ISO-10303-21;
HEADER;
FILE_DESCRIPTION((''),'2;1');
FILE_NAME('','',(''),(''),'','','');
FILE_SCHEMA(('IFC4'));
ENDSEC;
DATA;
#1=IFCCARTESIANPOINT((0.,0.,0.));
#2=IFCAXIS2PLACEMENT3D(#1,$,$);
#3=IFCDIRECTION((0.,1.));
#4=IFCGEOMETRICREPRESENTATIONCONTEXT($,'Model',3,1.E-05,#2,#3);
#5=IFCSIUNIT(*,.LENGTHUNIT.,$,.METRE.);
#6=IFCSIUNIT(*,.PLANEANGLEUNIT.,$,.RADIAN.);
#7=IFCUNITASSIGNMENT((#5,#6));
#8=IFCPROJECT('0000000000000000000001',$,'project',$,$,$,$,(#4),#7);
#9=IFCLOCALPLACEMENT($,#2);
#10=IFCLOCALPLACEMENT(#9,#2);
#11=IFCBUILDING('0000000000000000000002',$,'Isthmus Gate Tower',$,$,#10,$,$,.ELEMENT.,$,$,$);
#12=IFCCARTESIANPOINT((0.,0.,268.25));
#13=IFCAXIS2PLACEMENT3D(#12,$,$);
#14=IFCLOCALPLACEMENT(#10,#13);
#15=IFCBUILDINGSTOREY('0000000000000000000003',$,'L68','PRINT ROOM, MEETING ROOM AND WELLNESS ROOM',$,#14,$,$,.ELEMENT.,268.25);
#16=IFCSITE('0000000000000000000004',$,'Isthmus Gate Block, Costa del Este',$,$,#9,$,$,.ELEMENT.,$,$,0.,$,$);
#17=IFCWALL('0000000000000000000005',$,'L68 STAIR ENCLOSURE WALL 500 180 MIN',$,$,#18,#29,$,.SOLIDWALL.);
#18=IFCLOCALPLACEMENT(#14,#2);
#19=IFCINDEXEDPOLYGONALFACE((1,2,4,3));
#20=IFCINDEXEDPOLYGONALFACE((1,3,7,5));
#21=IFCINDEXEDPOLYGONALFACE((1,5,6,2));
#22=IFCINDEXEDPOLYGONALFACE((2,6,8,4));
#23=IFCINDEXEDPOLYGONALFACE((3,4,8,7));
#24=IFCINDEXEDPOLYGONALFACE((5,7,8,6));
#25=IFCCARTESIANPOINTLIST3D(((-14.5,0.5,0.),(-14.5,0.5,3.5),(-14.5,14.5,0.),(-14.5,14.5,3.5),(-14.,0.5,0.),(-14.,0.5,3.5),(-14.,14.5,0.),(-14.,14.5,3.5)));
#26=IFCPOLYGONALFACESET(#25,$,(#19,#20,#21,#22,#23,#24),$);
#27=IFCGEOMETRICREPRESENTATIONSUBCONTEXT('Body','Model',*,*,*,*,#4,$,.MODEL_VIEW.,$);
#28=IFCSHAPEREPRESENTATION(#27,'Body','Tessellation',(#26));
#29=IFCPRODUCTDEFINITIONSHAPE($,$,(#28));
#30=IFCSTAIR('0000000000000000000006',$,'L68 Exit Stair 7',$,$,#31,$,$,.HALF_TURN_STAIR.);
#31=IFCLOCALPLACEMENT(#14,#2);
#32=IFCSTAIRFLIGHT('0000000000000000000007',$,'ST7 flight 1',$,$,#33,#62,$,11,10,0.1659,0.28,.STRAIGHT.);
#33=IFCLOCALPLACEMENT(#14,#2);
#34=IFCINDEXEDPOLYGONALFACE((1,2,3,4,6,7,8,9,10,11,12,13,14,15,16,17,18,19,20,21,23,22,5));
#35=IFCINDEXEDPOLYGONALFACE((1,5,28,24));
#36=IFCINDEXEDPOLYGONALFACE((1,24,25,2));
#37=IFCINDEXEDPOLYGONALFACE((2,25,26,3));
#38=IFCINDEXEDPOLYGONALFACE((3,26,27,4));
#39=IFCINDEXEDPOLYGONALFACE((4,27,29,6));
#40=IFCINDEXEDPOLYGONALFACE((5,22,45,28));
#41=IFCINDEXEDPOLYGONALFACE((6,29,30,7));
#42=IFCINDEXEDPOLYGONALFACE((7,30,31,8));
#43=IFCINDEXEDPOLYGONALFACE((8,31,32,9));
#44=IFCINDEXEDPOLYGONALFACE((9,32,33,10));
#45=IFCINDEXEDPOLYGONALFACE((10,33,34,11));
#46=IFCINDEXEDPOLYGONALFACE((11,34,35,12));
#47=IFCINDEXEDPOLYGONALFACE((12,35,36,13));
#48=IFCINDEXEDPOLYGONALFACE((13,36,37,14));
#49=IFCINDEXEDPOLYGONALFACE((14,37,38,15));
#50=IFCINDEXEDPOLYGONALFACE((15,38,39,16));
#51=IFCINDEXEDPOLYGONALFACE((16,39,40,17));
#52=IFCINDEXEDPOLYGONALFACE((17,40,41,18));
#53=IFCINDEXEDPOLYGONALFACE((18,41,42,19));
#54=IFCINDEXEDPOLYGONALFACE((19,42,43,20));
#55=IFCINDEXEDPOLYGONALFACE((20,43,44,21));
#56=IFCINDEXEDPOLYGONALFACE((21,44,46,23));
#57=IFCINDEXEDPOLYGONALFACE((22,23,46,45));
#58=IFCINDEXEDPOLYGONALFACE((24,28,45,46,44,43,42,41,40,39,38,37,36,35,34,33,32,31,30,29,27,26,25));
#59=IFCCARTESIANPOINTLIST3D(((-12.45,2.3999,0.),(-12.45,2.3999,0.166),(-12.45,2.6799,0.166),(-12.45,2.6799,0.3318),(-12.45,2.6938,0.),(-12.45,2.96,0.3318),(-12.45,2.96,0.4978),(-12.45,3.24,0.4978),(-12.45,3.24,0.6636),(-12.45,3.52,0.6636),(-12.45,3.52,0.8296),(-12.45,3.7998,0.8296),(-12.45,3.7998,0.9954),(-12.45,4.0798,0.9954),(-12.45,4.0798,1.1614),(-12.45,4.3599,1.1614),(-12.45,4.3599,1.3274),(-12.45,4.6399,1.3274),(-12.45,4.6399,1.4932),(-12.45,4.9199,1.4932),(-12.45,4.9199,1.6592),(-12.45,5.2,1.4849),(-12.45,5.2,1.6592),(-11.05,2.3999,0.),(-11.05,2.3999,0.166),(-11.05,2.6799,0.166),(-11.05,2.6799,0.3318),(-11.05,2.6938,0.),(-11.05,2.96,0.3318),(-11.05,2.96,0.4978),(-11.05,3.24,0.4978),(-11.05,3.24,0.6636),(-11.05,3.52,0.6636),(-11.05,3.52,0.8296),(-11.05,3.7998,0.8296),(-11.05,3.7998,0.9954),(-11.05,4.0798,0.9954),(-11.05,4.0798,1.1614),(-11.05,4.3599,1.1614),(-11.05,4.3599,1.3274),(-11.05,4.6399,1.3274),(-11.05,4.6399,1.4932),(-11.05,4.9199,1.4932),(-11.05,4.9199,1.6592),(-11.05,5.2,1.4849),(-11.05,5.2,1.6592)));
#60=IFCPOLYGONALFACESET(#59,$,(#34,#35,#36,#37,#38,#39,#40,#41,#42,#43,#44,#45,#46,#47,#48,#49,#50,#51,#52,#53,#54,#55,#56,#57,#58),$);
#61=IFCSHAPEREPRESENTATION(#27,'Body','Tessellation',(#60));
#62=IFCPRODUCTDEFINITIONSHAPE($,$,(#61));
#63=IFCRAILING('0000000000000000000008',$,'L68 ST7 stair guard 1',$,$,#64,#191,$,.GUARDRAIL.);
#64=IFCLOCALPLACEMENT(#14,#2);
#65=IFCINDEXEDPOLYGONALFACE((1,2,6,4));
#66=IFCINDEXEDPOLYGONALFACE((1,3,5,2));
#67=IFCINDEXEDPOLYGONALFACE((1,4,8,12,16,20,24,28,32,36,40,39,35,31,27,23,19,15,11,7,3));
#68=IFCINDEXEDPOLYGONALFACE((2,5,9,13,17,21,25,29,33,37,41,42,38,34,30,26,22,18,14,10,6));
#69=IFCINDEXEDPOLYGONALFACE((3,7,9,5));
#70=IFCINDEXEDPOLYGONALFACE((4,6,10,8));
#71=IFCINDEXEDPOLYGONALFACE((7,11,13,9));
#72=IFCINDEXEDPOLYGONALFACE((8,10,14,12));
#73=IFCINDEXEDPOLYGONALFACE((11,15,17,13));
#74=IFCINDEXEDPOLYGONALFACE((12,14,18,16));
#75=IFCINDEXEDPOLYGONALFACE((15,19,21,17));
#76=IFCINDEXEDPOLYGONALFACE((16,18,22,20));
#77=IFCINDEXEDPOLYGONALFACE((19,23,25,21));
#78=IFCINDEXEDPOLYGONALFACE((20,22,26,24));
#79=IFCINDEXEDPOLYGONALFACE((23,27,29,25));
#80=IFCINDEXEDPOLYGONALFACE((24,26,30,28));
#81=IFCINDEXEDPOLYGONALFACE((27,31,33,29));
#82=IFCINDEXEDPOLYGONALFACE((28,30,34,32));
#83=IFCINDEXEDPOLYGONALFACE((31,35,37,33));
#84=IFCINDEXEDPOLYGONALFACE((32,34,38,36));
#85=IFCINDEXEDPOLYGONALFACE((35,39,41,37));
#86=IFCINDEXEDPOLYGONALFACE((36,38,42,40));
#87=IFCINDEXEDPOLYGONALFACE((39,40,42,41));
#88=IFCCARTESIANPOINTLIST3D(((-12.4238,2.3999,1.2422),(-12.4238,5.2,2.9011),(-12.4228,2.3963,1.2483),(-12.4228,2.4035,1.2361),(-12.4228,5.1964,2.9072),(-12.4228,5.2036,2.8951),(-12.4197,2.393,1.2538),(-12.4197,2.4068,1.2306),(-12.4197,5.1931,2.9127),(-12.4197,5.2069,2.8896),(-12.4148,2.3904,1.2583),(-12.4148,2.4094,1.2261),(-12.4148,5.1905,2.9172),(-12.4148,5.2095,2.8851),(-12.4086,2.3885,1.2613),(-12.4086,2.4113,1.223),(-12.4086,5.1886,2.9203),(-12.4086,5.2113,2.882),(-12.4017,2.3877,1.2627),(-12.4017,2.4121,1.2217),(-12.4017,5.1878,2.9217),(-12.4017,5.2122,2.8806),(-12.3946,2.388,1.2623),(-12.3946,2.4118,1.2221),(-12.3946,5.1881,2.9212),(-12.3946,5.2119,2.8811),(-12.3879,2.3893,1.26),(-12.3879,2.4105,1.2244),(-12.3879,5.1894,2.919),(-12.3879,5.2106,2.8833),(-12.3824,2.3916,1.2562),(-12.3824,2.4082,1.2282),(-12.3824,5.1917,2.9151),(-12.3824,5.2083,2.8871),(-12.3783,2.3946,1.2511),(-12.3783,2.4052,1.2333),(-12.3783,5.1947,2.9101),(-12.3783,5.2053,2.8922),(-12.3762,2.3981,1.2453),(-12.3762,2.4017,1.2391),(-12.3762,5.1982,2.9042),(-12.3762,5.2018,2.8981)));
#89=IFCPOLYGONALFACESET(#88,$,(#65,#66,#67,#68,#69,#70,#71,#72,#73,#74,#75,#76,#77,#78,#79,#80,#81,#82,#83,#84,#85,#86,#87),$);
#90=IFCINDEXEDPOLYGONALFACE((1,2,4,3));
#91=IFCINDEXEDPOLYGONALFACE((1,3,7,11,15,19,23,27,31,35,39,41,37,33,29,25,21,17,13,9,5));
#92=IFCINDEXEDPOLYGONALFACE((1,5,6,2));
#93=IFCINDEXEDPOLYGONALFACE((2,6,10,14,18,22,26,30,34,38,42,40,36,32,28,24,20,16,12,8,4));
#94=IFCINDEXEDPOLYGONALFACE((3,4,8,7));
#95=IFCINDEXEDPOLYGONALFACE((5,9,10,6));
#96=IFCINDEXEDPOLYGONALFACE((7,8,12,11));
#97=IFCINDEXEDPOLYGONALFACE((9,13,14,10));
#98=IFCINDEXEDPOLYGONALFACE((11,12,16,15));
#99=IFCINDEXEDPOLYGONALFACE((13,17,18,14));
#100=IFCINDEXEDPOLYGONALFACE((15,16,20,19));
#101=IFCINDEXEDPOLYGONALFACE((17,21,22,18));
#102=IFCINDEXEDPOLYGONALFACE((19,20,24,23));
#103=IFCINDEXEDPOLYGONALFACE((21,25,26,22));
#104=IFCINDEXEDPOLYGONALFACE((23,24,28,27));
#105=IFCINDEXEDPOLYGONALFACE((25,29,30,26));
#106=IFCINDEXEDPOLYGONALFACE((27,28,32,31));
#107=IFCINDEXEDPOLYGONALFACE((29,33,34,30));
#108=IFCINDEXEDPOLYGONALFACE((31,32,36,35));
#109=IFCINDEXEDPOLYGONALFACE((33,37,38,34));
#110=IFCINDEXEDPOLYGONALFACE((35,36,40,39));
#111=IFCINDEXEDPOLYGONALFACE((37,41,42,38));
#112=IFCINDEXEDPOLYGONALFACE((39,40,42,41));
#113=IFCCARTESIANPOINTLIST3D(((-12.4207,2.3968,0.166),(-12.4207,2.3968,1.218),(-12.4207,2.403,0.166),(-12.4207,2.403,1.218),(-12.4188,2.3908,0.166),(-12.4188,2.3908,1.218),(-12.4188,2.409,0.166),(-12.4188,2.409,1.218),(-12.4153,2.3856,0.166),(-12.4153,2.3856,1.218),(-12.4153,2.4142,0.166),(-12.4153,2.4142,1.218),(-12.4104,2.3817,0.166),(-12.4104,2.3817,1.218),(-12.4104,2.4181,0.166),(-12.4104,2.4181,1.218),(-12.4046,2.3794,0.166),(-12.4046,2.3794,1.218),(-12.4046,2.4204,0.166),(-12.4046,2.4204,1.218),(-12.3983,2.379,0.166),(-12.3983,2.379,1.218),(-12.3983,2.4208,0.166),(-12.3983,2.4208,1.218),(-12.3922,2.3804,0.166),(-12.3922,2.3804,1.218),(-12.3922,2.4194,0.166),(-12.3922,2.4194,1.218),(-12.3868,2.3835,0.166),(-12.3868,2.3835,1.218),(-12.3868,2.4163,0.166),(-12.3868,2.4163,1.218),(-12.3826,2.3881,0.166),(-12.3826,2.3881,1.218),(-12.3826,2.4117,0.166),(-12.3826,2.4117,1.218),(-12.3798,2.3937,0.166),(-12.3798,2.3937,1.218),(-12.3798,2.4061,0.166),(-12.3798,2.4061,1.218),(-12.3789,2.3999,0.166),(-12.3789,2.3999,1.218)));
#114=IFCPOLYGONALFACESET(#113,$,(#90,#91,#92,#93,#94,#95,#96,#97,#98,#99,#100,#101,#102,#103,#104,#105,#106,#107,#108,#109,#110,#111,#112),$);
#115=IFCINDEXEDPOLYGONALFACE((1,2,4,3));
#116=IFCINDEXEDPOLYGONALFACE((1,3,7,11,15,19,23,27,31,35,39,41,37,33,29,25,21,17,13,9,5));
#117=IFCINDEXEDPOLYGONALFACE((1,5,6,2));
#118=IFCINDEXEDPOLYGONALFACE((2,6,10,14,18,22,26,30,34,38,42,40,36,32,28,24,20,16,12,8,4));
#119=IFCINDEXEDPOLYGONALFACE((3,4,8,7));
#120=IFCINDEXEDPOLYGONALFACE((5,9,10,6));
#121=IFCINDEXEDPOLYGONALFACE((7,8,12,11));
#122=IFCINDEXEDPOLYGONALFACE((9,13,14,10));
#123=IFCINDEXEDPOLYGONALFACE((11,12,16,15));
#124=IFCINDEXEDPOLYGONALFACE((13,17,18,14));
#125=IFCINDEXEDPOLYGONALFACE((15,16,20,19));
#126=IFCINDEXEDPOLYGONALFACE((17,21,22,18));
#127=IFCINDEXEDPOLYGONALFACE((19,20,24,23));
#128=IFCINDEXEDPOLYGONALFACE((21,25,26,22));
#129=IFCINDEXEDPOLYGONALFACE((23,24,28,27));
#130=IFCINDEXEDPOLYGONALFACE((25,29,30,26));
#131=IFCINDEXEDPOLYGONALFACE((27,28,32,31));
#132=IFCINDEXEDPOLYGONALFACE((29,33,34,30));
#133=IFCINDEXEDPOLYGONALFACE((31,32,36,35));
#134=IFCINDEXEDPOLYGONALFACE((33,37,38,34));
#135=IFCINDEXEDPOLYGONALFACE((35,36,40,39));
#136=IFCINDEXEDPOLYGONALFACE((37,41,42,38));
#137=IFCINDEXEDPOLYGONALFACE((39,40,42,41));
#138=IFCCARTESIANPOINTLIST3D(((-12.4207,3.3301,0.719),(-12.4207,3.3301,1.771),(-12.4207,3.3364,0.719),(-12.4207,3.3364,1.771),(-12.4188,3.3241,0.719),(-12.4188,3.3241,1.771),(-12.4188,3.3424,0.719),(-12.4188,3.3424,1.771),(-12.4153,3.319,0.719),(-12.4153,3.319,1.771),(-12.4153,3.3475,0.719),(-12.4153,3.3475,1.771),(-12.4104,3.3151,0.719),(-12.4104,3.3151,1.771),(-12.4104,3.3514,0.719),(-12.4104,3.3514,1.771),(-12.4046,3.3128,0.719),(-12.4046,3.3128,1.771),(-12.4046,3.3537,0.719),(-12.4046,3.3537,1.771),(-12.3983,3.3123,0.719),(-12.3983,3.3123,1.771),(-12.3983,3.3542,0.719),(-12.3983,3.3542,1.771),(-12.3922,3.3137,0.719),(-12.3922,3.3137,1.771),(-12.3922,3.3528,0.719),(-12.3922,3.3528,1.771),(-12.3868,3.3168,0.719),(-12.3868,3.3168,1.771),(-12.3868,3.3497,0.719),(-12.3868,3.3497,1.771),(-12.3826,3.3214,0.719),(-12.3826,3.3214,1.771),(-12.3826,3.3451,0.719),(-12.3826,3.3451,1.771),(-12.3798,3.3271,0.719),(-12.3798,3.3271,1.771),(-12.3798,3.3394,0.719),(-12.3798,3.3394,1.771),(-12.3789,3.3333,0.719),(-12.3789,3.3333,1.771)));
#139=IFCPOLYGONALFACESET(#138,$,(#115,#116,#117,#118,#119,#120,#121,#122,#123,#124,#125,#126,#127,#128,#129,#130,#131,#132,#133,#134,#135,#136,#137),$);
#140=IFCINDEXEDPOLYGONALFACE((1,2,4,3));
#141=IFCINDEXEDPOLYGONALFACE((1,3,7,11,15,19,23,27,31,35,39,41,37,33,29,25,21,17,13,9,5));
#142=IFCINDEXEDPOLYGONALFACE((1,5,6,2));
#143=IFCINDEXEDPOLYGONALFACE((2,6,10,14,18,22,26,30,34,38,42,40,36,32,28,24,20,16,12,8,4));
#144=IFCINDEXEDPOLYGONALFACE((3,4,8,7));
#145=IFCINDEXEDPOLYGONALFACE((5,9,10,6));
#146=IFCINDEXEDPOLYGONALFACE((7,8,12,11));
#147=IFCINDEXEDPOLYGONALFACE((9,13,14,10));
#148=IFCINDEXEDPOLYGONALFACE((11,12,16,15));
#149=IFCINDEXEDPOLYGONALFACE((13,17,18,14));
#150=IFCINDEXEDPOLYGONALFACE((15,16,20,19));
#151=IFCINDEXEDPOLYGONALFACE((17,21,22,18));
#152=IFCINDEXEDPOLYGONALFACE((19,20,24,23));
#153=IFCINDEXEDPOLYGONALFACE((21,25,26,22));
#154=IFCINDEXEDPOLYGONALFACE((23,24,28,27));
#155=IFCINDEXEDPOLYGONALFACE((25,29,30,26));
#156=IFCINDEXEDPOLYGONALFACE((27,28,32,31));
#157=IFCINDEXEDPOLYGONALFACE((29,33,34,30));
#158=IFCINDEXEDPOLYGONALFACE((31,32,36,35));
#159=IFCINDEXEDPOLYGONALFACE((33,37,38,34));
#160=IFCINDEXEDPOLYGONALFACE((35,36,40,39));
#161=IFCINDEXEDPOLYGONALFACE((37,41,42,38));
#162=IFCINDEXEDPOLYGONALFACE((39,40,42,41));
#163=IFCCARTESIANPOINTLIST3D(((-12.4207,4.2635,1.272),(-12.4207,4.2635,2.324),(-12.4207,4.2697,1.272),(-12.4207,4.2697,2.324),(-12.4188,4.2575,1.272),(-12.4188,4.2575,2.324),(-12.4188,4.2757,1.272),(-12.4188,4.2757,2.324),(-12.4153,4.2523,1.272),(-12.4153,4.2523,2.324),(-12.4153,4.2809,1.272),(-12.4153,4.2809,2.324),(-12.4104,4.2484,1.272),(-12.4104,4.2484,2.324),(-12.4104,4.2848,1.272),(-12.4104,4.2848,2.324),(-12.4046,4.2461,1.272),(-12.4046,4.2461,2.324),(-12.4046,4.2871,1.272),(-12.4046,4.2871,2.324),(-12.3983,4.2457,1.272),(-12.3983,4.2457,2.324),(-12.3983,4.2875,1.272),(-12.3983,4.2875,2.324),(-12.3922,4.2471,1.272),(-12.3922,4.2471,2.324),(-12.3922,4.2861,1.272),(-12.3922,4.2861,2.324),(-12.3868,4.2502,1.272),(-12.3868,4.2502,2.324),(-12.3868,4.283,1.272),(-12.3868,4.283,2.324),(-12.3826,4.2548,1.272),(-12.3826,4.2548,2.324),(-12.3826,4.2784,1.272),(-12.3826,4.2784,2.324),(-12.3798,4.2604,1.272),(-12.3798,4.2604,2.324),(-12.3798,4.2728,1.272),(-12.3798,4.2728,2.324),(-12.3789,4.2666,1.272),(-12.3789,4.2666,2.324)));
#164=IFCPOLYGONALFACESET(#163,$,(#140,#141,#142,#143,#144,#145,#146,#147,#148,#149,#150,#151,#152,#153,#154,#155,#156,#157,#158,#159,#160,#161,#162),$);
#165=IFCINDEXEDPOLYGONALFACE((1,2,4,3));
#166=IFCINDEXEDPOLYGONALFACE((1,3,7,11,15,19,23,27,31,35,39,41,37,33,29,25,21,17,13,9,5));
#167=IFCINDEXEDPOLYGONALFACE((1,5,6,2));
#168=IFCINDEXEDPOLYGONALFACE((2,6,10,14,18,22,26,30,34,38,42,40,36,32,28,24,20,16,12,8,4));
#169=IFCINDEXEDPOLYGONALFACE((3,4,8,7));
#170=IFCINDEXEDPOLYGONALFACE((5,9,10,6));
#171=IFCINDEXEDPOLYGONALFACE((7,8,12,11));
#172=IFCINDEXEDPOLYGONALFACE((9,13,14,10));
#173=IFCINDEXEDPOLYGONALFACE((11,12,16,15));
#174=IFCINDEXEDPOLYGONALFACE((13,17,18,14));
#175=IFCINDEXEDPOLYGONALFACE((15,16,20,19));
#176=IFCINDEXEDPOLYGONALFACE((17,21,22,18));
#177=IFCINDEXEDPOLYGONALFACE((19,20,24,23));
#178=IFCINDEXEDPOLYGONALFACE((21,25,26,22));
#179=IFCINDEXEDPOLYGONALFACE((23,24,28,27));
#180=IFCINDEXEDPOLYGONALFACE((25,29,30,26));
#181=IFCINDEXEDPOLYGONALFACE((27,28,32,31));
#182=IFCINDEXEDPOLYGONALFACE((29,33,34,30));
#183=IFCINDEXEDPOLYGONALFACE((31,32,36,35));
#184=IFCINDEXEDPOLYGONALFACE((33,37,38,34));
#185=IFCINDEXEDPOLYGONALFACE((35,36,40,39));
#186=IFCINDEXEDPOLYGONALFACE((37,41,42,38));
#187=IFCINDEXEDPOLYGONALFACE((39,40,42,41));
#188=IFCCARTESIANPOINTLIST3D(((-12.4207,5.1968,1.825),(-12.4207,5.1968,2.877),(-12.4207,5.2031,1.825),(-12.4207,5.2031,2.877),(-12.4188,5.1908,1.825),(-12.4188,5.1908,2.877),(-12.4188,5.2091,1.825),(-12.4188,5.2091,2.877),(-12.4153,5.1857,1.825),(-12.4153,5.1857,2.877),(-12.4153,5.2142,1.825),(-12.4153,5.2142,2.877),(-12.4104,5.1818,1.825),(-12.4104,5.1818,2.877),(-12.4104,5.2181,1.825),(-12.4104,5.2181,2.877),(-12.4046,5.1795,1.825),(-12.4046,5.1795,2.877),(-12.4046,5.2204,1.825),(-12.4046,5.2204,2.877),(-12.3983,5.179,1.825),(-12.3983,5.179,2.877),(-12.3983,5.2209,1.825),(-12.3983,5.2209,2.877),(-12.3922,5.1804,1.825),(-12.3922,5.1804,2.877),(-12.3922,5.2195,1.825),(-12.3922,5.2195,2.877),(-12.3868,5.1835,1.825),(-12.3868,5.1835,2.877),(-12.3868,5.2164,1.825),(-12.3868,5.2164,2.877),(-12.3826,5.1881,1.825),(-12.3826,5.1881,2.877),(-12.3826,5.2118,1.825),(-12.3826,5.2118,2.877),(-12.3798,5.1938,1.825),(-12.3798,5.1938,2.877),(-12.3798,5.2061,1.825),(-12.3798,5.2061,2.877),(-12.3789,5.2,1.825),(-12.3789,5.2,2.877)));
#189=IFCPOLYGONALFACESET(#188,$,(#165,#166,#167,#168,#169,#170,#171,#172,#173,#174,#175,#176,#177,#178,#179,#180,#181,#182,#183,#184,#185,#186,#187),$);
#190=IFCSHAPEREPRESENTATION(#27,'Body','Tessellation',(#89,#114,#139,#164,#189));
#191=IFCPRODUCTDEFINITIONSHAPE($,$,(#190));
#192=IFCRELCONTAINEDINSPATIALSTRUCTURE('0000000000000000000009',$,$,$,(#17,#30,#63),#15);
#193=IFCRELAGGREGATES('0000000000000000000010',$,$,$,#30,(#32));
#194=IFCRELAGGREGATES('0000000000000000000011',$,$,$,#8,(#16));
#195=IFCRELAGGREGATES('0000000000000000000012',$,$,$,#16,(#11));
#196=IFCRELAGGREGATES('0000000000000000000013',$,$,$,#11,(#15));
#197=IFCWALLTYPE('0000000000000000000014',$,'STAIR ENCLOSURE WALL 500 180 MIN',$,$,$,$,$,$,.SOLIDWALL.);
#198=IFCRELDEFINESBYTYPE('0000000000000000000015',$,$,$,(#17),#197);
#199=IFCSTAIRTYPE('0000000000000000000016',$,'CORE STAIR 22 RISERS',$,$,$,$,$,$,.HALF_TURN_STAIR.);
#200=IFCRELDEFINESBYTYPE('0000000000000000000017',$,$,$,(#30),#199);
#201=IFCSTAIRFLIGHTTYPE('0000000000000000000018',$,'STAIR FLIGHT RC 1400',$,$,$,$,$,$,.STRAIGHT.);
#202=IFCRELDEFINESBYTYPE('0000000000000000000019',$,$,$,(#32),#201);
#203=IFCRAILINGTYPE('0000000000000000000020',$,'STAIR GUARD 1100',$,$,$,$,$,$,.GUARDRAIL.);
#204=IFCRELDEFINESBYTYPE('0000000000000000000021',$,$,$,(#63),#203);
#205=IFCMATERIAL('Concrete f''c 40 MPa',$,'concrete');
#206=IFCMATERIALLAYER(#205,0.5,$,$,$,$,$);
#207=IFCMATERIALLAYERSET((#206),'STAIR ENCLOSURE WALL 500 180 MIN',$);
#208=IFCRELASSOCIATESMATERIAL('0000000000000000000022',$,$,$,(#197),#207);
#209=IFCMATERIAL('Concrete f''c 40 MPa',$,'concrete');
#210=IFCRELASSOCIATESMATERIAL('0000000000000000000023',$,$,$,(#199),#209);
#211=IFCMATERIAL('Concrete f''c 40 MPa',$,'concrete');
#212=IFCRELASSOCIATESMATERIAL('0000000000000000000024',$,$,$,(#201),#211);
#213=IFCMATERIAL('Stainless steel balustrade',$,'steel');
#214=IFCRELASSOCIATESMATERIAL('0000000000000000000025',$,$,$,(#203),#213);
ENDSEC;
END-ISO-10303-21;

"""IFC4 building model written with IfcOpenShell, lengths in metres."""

from ifc_helpers import new_model, si_unit, direction, frame, frame_2d, origin, origin_2d, place, context, subcontext, project, spatial, polyline, rectangle, circle, outline, extrude, material, layer, layer_set, type_object, element, aggregate, save


model = new_model("IFC4")

# Units and contexts
model_context = context("Model", 3, precision=1e-05, world=origin(), true_north=direction((0.0, 1.0)))
body_context = subcontext(model_context, "Body", "Model", "MODEL_VIEW")
ifc_project = project(units=[si_unit("LENGTHUNIT", "METRE"), si_unit("PLANEANGLEUNIT", "RADIAN")], contexts=[model_context])

# Site, building, storey
site_placement = place(None, origin())
site = spatial("IfcSite", under=ifc_project, at=site_placement, Name="Isthmus Gate Block, Costa del Este", CompositionType="ELEMENT", RefElevation=0.0)
building_placement = place(site_placement, origin())
building = spatial("IfcBuilding", under=site, at=building_placement, Name="Isthmus Gate Tower", CompositionType="ELEMENT")
storey_placement = place(building_placement, frame((0.0, 0.0, 268.25)))
storey = spatial("IfcBuildingStorey", under=building, at=storey_placement, Name="L68", Description="PRINT ROOM, MEETING ROOM AND WELLNESS ROOM", CompositionType="ELEMENT", Elevation=268.25)

# Wall
ifc_material_1 = material(Name="Concrete f'c 40 MPa", Category="concrete")
ifc_layer_1 = layer(ifc_material_1, 0.5)
ifc_layer_set_1 = layer_set([ifc_layer_1], Name="STAIR ENCLOSURE WALL 500 180 MIN")
wall_type_1 = type_object("IfcWallType", Name="STAIR ENCLOSURE WALL 500 180 MIN", PredefinedType="SOLIDWALL", material=ifc_layer_set_1)
wall_1_placement = place(storey_placement, frame((-14.25, 0.5, 0.0), z_axis=(0.0, 0.0, 1.0), x_axis=(0.0, 1.0, 0.0)))
element("IfcWall", 1, at=wall_1_placement, inside=storey, type_object=wall_type_1, Name="L68 STAIR ENCLOSURE WALL 500 180 MIN", PredefinedType="SOLIDWALL", context=body_context, shape_type="SweptSolid", body=[
    extrude(rectangle(XDim=14.0, YDim=0.5, at=frame_2d((7.0, 0.0))), origin(), (0.0, 0.0, 1.0), 3.5),
])

# Stair, stair flight
ifc_material_2 = material(Name="Concrete f'c 40 MPa", Category="concrete")
stair_type = type_object("IfcStairType", Name="CORE STAIR 22 RISERS", PredefinedType="HALF_TURN_STAIR", material=ifc_material_2)
stair_placement = place(storey_placement, origin())
stair = element("IfcStair", 2, at=stair_placement, inside=storey, type_object=stair_type, Name="L68 Exit Stair 7", PredefinedType="HALF_TURN_STAIR")
ifc_material_3 = material(Name="Concrete f'c 40 MPa", Category="concrete")
stair_flight_type = type_object("IfcStairFlightType", Name="STAIR FLIGHT RC 1400", PredefinedType="STRAIGHT", material=ifc_material_3)
stair_flight_placement = place(storey_placement, frame((-11.75, 2.3999, 0.0), z_axis=(0.0, 0.0, 1.0), x_axis=(0.0, 1.0, 0.0)))
stair_flight = element("IfcStairFlight", 3, at=stair_flight_placement, type_object=stair_flight_type, Name="ST7 flight 1", NumberOfRisers=11, NumberOfTreads=10, PredefinedType="STRAIGHT", RiserHeight=0.1659, TreadLength=0.28, context=body_context, shape_type="SweptSolid", body=[
    extrude(outline(polyline([(0.0, 0.0), (0.0, 0.166), (0.28, 0.166), (0.28, 0.3318), (0.5601, 0.3318), (0.5601, 0.4978), (0.8401, 0.4978), (0.8401, 0.6636), (1.1201, 0.6636), (1.1201, 0.8296), (1.3999, 0.8296), (1.3999, 0.9954), (1.6799, 0.9954), (1.6799, 1.1614), (1.96, 1.1614), (1.96, 1.3274), (2.24, 1.3274), (2.24, 1.4932), (2.52, 1.4932), (2.52, 1.6592), (2.8, 1.6592), (2.8, 1.825), (2.8, 1.4849), (0.2939, 0.0), (0.0, 0.0)])), frame((0.0, 0.7, 0.0), z_axis=(0.0, -1.0, 0.0), x_axis=(1.0, 0.0, 0.0)), (0.0, 0.0, 1.0), 1.3999),
])
aggregate(stair, [stair_flight])

# Railing
ifc_material_4 = material(Name="Stainless steel balustrade", Category="steel")
railing_type_1 = type_object("IfcRailingType", Name="STAIR GUARD 1100", PredefinedType="GUARDRAIL", material=ifc_material_4)
railing_1_placement = place(storey_placement, frame((-12.3999, 2.3999, 0.166)))
element("IfcRailing", 4, at=railing_1_placement, inside=storey, type_object=railing_type_1, Name="L68 ST7 stair guard 1", PredefinedType="GUARDRAIL", context=body_context, shape_type="SweptSolid", body=[
    extrude(circle(Radius=0.0239, at=origin_2d()), frame((0.0, 0.0, 1.0762), z_axis=(0.0, 0.860339, 0.509722), x_axis=(-1.0, 0.0, 0.0)), (0.0, 0.0, 1.0), 3.2546),
    extrude(circle(Radius=0.021, at=origin_2d()), origin(), (0.0, 0.0, 1.0), 1.052),
    extrude(circle(Radius=0.021, at=origin_2d()), frame((0.0, 0.9333, 0.553)), (0.0, 0.0, 1.0), 1.052),
    extrude(circle(Radius=0.021, at=origin_2d()), frame((0.0, 1.8667, 1.106)), (0.0, 0.0, 1.0), 1.052),
    extrude(circle(Radius=0.021, at=origin_2d()), frame((0.0, 2.8, 1.6589)), (0.0, 0.0, 1.0), 1.052),
])

save(model, "model.ifc")
